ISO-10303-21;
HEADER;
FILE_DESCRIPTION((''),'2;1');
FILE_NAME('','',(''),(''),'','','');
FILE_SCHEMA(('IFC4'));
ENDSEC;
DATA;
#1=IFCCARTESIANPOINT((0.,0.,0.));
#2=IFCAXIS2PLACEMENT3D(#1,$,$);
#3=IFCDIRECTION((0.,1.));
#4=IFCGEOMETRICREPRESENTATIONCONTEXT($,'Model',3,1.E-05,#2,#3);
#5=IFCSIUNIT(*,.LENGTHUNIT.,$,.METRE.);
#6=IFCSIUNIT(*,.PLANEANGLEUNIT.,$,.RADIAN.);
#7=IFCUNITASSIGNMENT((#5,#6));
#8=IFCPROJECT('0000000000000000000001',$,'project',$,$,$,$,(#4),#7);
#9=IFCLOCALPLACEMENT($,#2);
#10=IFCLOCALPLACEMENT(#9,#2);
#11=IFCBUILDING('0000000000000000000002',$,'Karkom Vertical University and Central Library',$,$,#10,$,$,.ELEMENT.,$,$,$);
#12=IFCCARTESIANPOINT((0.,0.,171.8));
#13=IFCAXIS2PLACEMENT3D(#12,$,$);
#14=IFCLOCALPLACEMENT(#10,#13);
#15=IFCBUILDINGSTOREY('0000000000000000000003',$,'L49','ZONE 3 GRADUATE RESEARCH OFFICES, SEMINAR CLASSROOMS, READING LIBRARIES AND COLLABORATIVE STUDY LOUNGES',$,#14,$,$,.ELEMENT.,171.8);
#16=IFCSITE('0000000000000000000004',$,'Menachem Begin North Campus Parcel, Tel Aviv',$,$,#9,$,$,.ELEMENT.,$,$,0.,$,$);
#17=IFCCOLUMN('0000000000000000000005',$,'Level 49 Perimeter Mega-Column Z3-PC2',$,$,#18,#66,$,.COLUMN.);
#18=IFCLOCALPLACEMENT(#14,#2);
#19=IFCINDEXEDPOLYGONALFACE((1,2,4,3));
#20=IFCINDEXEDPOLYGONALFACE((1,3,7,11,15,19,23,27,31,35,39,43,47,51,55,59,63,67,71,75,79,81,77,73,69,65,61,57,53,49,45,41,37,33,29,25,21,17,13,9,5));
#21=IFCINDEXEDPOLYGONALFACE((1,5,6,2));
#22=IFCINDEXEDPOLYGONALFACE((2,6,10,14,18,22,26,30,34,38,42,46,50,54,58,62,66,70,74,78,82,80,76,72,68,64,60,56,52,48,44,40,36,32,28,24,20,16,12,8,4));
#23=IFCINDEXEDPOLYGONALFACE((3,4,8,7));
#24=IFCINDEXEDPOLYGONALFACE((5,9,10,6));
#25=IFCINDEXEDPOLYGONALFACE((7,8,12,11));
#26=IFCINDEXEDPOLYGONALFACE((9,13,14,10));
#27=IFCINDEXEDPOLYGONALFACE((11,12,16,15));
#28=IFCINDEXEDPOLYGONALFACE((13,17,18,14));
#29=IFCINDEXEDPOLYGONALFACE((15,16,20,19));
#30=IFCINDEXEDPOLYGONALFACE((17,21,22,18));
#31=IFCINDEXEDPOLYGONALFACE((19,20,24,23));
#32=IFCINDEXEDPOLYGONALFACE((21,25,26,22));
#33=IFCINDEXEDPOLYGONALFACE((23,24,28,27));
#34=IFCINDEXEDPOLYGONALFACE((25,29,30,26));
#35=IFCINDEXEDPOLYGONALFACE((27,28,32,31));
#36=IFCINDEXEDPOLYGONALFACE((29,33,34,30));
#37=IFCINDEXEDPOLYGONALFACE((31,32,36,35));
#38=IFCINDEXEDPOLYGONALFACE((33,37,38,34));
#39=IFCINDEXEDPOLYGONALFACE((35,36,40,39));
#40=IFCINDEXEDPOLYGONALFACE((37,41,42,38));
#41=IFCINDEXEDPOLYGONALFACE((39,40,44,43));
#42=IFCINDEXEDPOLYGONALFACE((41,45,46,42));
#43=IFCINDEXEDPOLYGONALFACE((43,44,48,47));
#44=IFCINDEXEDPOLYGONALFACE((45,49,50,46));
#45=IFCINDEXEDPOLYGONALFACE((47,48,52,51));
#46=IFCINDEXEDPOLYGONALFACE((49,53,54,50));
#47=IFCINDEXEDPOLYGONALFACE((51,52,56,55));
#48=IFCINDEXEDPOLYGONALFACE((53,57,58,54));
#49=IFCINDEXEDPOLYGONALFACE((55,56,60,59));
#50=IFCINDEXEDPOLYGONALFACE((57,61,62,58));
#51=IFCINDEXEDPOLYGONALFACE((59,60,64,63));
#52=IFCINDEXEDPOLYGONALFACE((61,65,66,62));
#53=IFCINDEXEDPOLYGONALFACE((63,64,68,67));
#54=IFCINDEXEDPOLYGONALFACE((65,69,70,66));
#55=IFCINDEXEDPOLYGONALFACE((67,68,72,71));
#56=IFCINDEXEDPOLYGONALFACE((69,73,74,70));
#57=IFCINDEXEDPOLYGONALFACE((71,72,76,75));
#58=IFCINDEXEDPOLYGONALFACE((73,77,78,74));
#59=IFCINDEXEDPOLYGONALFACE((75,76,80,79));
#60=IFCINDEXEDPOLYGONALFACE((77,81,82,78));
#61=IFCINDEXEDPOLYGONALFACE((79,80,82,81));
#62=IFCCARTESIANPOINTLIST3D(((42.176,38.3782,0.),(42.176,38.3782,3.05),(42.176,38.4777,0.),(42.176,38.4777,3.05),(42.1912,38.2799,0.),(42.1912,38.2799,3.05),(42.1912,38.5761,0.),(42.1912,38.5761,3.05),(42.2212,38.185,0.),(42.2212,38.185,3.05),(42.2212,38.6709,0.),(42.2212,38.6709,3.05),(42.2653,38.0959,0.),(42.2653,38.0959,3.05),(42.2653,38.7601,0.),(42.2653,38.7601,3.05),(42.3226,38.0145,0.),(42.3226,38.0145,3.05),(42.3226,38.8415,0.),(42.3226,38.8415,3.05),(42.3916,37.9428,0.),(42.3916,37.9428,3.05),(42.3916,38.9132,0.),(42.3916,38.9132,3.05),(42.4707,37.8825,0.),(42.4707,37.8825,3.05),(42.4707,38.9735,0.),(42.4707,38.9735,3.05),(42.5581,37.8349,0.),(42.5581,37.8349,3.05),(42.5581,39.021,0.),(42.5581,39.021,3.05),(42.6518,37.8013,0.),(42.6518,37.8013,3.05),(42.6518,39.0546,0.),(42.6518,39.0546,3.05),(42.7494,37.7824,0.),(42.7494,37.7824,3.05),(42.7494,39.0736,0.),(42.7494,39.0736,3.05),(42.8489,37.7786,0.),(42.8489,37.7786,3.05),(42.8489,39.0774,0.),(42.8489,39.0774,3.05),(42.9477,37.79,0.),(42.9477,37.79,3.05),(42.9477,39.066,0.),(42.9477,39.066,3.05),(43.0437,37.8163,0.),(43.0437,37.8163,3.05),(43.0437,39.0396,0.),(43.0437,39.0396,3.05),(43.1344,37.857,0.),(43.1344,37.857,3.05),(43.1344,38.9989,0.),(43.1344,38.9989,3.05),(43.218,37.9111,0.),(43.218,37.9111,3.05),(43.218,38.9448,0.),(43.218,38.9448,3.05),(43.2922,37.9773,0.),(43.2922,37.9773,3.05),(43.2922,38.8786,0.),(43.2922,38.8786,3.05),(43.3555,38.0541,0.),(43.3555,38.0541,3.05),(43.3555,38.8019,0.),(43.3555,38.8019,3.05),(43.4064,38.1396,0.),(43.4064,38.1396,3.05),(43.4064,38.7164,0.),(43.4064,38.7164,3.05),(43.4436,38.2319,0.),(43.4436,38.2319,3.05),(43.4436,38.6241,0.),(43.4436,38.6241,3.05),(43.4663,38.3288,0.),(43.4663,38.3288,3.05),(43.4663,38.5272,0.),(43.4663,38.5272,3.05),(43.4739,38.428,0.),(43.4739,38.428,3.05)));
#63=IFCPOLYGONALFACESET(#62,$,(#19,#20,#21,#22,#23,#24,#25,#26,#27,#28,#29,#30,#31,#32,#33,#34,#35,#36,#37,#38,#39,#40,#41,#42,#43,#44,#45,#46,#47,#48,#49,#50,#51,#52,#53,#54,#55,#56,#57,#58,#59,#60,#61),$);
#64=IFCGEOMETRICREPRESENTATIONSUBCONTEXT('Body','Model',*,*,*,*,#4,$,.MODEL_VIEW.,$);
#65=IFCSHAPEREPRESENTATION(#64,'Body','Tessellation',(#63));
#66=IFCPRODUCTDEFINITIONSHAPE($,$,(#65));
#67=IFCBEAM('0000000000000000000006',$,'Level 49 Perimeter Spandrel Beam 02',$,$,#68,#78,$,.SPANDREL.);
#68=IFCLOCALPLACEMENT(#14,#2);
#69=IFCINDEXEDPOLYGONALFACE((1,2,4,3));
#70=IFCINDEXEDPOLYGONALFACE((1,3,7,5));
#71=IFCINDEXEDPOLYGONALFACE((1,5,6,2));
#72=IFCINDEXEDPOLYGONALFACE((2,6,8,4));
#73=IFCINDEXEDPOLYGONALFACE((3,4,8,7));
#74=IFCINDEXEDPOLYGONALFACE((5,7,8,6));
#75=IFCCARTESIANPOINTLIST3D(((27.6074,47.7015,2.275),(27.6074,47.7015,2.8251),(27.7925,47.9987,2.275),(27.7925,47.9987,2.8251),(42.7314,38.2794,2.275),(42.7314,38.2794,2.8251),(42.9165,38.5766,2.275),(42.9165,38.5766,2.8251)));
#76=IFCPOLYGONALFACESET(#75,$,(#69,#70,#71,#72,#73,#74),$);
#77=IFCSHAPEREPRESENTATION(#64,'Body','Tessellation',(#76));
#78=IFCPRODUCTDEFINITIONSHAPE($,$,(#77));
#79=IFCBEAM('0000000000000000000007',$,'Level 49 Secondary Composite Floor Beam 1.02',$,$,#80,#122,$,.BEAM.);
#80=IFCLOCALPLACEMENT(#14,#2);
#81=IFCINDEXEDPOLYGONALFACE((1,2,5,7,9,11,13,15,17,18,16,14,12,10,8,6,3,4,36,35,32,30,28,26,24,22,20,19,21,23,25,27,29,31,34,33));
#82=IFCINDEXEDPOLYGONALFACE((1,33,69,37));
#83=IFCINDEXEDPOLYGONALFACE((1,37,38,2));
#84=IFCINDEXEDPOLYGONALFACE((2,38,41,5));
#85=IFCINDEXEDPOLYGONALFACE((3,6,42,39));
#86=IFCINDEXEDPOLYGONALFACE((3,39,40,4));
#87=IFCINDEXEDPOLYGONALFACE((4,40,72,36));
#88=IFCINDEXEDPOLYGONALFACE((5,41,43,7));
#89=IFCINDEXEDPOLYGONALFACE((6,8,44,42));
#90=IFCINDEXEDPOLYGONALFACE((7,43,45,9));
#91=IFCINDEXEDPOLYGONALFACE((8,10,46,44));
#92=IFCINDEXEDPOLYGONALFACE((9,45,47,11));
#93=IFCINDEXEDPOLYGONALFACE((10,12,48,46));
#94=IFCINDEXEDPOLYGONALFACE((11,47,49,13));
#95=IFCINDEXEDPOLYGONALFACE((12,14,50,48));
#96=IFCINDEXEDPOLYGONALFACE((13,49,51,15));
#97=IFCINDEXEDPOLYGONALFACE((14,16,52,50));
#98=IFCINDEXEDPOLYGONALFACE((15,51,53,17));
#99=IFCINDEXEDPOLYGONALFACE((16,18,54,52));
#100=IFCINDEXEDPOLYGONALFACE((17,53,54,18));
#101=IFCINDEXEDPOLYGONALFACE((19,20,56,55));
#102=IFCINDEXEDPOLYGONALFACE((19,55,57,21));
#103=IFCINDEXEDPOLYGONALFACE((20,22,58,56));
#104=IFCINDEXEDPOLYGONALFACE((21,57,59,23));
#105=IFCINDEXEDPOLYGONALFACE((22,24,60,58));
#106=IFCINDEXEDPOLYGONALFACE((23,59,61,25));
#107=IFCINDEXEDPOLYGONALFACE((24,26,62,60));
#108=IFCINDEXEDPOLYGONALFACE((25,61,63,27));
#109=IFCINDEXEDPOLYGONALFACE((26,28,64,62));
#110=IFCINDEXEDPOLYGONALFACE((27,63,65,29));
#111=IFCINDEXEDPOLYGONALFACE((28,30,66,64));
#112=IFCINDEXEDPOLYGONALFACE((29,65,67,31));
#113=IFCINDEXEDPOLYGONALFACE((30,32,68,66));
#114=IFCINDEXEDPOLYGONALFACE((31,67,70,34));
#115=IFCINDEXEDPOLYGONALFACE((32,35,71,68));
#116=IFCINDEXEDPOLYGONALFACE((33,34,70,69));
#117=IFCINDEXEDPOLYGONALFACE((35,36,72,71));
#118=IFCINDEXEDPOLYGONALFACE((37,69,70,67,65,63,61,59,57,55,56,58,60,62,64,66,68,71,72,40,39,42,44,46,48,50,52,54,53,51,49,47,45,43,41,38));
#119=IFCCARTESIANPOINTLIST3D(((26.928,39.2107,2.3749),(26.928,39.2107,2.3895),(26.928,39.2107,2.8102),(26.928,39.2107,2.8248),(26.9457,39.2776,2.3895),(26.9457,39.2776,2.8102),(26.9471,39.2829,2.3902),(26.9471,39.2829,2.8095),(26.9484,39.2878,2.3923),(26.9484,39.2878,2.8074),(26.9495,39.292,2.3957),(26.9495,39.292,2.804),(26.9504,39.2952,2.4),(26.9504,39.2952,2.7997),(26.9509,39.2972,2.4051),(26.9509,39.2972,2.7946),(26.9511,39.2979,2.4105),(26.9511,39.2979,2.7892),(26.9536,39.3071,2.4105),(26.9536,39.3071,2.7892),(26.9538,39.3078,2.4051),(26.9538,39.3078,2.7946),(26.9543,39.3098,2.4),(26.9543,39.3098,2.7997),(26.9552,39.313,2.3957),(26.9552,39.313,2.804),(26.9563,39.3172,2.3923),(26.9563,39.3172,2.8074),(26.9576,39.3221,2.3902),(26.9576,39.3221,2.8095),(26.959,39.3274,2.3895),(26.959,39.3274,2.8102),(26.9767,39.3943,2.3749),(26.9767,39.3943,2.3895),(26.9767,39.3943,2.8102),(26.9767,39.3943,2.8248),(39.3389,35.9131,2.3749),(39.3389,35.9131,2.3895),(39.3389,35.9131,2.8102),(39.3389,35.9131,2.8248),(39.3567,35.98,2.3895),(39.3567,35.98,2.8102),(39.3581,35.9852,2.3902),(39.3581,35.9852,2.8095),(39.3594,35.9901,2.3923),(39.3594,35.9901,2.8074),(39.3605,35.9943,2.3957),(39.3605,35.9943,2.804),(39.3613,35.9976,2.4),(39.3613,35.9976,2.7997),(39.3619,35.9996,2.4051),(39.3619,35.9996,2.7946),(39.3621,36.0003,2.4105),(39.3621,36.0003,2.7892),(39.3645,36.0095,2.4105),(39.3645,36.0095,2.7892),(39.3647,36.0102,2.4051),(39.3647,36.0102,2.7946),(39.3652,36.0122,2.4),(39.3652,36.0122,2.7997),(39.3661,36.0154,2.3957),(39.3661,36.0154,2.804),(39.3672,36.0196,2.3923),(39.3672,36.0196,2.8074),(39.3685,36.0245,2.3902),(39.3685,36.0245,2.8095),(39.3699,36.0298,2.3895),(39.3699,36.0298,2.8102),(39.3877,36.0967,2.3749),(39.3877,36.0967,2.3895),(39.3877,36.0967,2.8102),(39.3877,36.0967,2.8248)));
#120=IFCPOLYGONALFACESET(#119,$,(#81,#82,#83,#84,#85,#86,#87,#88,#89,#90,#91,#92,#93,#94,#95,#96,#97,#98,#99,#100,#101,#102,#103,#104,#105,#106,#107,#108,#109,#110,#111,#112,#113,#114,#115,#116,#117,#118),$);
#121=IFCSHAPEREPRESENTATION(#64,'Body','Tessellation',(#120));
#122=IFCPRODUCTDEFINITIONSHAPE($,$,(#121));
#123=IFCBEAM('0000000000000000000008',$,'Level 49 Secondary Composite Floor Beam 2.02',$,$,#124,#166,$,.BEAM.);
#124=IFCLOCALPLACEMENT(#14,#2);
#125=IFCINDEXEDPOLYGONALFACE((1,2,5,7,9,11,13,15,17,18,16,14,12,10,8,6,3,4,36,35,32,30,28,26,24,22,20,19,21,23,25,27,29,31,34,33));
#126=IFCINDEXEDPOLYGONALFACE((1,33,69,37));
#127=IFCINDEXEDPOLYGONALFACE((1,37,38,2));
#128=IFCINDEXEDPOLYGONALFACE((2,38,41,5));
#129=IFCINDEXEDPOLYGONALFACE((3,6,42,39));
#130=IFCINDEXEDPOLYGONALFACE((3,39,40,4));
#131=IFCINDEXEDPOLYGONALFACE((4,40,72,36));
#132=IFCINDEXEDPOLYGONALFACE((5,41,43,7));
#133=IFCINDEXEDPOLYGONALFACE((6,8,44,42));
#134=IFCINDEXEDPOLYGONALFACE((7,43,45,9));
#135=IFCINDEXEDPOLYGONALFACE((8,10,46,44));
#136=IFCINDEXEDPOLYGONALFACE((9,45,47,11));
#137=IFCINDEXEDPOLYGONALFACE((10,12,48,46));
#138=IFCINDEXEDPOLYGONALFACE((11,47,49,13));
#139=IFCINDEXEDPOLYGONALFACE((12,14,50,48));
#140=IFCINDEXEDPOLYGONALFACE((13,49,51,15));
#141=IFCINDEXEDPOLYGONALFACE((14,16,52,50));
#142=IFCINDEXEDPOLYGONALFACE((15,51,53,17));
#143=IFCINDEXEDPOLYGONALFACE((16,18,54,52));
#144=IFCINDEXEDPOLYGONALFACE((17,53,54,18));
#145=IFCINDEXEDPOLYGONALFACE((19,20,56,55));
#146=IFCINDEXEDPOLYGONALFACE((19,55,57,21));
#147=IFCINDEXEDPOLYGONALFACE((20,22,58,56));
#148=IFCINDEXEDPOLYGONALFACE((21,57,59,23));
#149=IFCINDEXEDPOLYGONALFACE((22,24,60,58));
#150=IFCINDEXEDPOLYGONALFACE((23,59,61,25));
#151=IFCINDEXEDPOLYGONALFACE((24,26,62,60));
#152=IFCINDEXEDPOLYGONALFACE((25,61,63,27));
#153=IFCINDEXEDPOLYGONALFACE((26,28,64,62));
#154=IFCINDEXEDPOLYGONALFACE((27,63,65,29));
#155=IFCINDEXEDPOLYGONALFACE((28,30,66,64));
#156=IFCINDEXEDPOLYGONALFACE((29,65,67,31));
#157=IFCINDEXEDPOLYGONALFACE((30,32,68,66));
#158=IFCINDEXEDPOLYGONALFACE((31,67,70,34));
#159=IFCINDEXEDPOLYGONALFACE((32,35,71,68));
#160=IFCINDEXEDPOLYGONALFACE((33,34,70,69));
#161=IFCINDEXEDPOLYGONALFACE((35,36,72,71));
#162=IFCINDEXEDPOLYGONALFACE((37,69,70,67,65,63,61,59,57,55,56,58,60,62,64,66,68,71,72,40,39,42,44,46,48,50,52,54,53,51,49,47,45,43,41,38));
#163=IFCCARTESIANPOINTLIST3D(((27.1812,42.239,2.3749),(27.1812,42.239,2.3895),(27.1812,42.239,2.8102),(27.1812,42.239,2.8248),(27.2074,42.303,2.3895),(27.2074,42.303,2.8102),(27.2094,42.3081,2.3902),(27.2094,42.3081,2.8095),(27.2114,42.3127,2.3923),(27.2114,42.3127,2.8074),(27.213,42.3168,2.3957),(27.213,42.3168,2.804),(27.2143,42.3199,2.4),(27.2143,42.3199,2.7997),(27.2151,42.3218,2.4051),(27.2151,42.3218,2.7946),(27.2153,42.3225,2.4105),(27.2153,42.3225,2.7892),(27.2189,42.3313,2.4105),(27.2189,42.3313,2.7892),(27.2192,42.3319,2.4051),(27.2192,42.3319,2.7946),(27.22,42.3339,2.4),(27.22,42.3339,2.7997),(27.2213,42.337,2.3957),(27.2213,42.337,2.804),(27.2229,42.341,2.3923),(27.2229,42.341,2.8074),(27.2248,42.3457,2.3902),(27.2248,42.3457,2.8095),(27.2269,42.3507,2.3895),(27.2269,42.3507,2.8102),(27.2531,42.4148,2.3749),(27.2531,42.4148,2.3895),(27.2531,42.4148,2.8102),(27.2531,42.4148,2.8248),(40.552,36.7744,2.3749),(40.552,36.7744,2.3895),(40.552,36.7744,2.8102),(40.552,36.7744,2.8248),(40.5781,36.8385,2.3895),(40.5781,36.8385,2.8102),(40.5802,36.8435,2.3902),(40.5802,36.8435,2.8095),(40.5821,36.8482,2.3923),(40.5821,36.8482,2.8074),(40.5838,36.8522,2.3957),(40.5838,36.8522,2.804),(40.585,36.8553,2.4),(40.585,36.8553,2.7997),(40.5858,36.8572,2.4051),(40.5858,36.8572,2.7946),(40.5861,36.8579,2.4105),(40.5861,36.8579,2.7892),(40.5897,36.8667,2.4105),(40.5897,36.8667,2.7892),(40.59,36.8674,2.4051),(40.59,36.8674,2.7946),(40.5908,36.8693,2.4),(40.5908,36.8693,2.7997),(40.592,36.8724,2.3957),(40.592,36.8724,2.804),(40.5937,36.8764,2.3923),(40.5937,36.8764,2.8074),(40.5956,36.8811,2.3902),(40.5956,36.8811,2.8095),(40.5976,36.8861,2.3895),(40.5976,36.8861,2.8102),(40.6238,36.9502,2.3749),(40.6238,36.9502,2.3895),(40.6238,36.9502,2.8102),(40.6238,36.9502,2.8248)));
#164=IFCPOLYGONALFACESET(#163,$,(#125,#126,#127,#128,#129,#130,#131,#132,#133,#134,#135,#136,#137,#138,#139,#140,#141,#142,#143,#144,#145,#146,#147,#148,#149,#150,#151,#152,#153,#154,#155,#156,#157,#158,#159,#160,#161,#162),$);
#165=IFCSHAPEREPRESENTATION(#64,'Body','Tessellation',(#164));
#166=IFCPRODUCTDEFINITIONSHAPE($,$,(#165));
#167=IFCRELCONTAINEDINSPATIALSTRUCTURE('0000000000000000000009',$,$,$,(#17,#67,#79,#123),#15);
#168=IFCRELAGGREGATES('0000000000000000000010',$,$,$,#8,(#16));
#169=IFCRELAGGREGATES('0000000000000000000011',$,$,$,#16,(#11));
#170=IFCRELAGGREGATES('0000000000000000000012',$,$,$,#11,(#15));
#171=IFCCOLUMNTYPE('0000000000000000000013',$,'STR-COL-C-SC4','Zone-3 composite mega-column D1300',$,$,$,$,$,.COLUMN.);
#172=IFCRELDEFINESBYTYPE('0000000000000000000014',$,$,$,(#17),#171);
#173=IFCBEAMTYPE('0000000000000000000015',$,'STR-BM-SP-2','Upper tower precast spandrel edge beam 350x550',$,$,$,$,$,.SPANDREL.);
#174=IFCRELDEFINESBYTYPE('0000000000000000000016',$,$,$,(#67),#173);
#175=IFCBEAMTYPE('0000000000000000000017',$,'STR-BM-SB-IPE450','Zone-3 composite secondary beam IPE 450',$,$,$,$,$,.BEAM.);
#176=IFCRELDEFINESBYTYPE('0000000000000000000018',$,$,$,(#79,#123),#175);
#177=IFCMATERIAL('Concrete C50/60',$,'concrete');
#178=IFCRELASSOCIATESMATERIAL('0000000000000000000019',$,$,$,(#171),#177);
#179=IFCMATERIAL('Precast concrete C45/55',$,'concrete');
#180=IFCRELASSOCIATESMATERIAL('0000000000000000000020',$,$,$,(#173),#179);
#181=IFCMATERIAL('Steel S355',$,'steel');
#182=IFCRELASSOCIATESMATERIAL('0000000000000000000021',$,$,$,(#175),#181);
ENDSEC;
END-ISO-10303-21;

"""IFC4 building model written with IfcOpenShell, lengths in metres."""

from ifc_helpers import new_model, si_unit, direction, frame, origin, origin_with_axes, origin_2d, place, context, subcontext, project, spatial, rectangle, circle, i_section, extrude, source, transform, mapped, material, material_profile, profile_set, type_object, element, save


model = new_model("IFC4")

# Units and contexts
model_context = context("Model", 3, precision=1e-05, world=origin(), true_north=direction((0.0, 1.0)))
body_context = subcontext(model_context, "Body", "Model", "MODEL_VIEW")
ifc_project = project(units=[si_unit("LENGTHUNIT", "METRE"), si_unit("PLANEANGLEUNIT", "RADIAN")], contexts=[model_context])

# Site, building, storey
site_placement = place(None, origin())
site = spatial("IfcSite", under=ifc_project, at=site_placement, Name="Menachem Begin North Campus Parcel, Tel Aviv", CompositionType="ELEMENT", RefElevation=0.0)
building_placement = place(site_placement, origin())
building = spatial("IfcBuilding", under=site, at=building_placement, Name="Karkom Vertical University and Central Library", CompositionType="ELEMENT")
storey_placement = place(building_placement, frame((0.0, 0.0, 171.8)))
storey = spatial("IfcBuildingStorey", under=building, at=storey_placement, Name="L49", Description="ZONE 3 GRADUATE RESEARCH OFFICES, SEMINAR CLASSROOMS, READING LIBRARIES AND COLLABORATIVE STUDY LOUNGES", CompositionType="ELEMENT", Elevation=171.8)

# Column
ifc_material_1 = material(Name="Concrete C50/60", Category="concrete")
ifc_material_profile_1 = material_profile(ifc_material_1, circle(Radius=0.6499, at=origin_2d()), Name="CFT-D1300")
ifc_profile_set_1 = profile_set([ifc_material_profile_1], Name="Concrete C50/60")
column_type = type_object("IfcColumnType", Name="STR-COL-C-SC4", Description="Zone-3 composite mega-column D1300", PredefinedType="COLUMN", material=ifc_profile_set_1)
shared_shape_1 = source(origin_with_axes(), body_context, "Body", "SweptSolid", [
    extrude(circle(Radius=0.6499, at=origin_2d()), origin(), (0.0, 0.0, 1.0), 3.05),
])
column_placement = place(storey_placement, frame((42.824, 38.428, 0.0), z_axis=(0.0, 0.0, 1.0), x_axis=(1.0, 0.0, 0.0)))
element("IfcColumn", 1, at=column_placement, inside=storey, type_object=column_type, Name="Level 49 Perimeter Mega-Column Z3-PC2", PredefinedType="COLUMN", context=body_context, shape_type="MappedRepresentation", body=[
    mapped(shared_shape_1, transform((0.0, 0.0, 0.0), scale=1.0)),
])

# Beams
ifc_material_2 = material(Name="Precast concrete C45/55", Category="concrete")
ifc_material_profile_2 = material_profile(ifc_material_2, rectangle(XDim=0.3501, YDim=0.55, at=origin_2d()), Name="SPB-350x550")
ifc_profile_set_2 = profile_set([ifc_material_profile_2], Name="Precast concrete C45/55")
beam_type_1 = type_object("IfcBeamType", Name="STR-BM-SP-2", Description="Upper tower precast spandrel edge beam 350x550", PredefinedType="SPANDREL", material=ifc_profile_set_2)
shared_shape_2 = source(origin_with_axes(), body_context, "Body", "SweptSolid", [
    extrude(rectangle(XDim=0.3501, YDim=0.55, at=origin_2d()), origin(), (0.0, 0.0, 1.0), 17.8188),
])
beam_1_placement = place(storey_placement, frame((42.824, 38.428, 2.55), z_axis=(-0.848764, 0.528772, 0.0), x_axis=(-0.528772, -0.848764, 0.0)))
element("IfcBeam", 2, at=beam_1_placement, inside=storey, type_object=beam_type_1, Name="Level 49 Perimeter Spandrel Beam 02", PredefinedType="SPANDREL", context=body_context, shape_type="MappedRepresentation", body=[
    mapped(shared_shape_2, transform((0.0, 0.0, 0.0), scale=1.0)),
])
ifc_material_3 = material(Name="Steel S355", Category="steel")
ifc_material_profile_3 = material_profile(ifc_material_3, i_section(OverallWidth=0.1899, OverallDepth=0.45, WebThickness=0.0095, FlangeThickness=0.0146, FilletRadius=0.021, at=origin_2d()), Name="IPE 450")
ifc_profile_set_3 = profile_set([ifc_material_profile_3], Name="Steel S355")
beam_type_2 = type_object("IfcBeamType", Name="STR-BM-SB-IPE450", Description="Zone-3 composite secondary beam IPE 450", PredefinedType="BEAM", material=ifc_profile_set_3)
shared_shape_3 = source(origin_with_axes(), body_context, "Body", "SweptSolid", [
    extrude(i_section(OverallWidth=0.1899, OverallDepth=0.45, WebThickness=0.0095, FlangeThickness=0.0146, FilletRadius=0.021, at=origin_2d()), origin(), (0.0, 0.0, 1.0), 12.8416),
])
beam_2_placement = place(storey_placement, frame((39.3633, 36.0049, 2.5999), z_axis=(-0.966466, 0.256793, 0.0), x_axis=(-0.256793, -0.966466, 0.0)))
element("IfcBeam", 3, at=beam_2_placement, inside=storey, type_object=beam_type_2, Name="Level 49 Secondary Composite Floor Beam 1.02", PredefinedType="BEAM", context=body_context, shape_type="MappedRepresentation", body=[
    mapped(shared_shape_3, transform((0.0, 0.0, 0.0), scale=1.0)),
])
shared_shape_4 = source(origin_with_axes(), body_context, "Body", "SweptSolid", [
    extrude(i_section(OverallWidth=0.1899, OverallDepth=0.45, WebThickness=0.0095, FlangeThickness=0.0146, FilletRadius=0.021, at=origin_2d()), origin(), (0.0, 0.0, 1.0), 14.4443),
])
beam_3_placement = place(storey_placement, frame((40.5879, 36.8623, 2.5999), z_axis=(-0.925675, 0.378319, 0.0), x_axis=(-0.378319, -0.925675, 0.0)))
element("IfcBeam", 4, at=beam_3_placement, inside=storey, type_object=beam_type_2, Name="Level 49 Secondary Composite Floor Beam 2.02", PredefinedType="BEAM", context=body_context, shape_type="MappedRepresentation", body=[
    mapped(shared_shape_4, transform((0.0, 0.0, 0.0), scale=1.0)),
])

save(model, "model.ifc")
